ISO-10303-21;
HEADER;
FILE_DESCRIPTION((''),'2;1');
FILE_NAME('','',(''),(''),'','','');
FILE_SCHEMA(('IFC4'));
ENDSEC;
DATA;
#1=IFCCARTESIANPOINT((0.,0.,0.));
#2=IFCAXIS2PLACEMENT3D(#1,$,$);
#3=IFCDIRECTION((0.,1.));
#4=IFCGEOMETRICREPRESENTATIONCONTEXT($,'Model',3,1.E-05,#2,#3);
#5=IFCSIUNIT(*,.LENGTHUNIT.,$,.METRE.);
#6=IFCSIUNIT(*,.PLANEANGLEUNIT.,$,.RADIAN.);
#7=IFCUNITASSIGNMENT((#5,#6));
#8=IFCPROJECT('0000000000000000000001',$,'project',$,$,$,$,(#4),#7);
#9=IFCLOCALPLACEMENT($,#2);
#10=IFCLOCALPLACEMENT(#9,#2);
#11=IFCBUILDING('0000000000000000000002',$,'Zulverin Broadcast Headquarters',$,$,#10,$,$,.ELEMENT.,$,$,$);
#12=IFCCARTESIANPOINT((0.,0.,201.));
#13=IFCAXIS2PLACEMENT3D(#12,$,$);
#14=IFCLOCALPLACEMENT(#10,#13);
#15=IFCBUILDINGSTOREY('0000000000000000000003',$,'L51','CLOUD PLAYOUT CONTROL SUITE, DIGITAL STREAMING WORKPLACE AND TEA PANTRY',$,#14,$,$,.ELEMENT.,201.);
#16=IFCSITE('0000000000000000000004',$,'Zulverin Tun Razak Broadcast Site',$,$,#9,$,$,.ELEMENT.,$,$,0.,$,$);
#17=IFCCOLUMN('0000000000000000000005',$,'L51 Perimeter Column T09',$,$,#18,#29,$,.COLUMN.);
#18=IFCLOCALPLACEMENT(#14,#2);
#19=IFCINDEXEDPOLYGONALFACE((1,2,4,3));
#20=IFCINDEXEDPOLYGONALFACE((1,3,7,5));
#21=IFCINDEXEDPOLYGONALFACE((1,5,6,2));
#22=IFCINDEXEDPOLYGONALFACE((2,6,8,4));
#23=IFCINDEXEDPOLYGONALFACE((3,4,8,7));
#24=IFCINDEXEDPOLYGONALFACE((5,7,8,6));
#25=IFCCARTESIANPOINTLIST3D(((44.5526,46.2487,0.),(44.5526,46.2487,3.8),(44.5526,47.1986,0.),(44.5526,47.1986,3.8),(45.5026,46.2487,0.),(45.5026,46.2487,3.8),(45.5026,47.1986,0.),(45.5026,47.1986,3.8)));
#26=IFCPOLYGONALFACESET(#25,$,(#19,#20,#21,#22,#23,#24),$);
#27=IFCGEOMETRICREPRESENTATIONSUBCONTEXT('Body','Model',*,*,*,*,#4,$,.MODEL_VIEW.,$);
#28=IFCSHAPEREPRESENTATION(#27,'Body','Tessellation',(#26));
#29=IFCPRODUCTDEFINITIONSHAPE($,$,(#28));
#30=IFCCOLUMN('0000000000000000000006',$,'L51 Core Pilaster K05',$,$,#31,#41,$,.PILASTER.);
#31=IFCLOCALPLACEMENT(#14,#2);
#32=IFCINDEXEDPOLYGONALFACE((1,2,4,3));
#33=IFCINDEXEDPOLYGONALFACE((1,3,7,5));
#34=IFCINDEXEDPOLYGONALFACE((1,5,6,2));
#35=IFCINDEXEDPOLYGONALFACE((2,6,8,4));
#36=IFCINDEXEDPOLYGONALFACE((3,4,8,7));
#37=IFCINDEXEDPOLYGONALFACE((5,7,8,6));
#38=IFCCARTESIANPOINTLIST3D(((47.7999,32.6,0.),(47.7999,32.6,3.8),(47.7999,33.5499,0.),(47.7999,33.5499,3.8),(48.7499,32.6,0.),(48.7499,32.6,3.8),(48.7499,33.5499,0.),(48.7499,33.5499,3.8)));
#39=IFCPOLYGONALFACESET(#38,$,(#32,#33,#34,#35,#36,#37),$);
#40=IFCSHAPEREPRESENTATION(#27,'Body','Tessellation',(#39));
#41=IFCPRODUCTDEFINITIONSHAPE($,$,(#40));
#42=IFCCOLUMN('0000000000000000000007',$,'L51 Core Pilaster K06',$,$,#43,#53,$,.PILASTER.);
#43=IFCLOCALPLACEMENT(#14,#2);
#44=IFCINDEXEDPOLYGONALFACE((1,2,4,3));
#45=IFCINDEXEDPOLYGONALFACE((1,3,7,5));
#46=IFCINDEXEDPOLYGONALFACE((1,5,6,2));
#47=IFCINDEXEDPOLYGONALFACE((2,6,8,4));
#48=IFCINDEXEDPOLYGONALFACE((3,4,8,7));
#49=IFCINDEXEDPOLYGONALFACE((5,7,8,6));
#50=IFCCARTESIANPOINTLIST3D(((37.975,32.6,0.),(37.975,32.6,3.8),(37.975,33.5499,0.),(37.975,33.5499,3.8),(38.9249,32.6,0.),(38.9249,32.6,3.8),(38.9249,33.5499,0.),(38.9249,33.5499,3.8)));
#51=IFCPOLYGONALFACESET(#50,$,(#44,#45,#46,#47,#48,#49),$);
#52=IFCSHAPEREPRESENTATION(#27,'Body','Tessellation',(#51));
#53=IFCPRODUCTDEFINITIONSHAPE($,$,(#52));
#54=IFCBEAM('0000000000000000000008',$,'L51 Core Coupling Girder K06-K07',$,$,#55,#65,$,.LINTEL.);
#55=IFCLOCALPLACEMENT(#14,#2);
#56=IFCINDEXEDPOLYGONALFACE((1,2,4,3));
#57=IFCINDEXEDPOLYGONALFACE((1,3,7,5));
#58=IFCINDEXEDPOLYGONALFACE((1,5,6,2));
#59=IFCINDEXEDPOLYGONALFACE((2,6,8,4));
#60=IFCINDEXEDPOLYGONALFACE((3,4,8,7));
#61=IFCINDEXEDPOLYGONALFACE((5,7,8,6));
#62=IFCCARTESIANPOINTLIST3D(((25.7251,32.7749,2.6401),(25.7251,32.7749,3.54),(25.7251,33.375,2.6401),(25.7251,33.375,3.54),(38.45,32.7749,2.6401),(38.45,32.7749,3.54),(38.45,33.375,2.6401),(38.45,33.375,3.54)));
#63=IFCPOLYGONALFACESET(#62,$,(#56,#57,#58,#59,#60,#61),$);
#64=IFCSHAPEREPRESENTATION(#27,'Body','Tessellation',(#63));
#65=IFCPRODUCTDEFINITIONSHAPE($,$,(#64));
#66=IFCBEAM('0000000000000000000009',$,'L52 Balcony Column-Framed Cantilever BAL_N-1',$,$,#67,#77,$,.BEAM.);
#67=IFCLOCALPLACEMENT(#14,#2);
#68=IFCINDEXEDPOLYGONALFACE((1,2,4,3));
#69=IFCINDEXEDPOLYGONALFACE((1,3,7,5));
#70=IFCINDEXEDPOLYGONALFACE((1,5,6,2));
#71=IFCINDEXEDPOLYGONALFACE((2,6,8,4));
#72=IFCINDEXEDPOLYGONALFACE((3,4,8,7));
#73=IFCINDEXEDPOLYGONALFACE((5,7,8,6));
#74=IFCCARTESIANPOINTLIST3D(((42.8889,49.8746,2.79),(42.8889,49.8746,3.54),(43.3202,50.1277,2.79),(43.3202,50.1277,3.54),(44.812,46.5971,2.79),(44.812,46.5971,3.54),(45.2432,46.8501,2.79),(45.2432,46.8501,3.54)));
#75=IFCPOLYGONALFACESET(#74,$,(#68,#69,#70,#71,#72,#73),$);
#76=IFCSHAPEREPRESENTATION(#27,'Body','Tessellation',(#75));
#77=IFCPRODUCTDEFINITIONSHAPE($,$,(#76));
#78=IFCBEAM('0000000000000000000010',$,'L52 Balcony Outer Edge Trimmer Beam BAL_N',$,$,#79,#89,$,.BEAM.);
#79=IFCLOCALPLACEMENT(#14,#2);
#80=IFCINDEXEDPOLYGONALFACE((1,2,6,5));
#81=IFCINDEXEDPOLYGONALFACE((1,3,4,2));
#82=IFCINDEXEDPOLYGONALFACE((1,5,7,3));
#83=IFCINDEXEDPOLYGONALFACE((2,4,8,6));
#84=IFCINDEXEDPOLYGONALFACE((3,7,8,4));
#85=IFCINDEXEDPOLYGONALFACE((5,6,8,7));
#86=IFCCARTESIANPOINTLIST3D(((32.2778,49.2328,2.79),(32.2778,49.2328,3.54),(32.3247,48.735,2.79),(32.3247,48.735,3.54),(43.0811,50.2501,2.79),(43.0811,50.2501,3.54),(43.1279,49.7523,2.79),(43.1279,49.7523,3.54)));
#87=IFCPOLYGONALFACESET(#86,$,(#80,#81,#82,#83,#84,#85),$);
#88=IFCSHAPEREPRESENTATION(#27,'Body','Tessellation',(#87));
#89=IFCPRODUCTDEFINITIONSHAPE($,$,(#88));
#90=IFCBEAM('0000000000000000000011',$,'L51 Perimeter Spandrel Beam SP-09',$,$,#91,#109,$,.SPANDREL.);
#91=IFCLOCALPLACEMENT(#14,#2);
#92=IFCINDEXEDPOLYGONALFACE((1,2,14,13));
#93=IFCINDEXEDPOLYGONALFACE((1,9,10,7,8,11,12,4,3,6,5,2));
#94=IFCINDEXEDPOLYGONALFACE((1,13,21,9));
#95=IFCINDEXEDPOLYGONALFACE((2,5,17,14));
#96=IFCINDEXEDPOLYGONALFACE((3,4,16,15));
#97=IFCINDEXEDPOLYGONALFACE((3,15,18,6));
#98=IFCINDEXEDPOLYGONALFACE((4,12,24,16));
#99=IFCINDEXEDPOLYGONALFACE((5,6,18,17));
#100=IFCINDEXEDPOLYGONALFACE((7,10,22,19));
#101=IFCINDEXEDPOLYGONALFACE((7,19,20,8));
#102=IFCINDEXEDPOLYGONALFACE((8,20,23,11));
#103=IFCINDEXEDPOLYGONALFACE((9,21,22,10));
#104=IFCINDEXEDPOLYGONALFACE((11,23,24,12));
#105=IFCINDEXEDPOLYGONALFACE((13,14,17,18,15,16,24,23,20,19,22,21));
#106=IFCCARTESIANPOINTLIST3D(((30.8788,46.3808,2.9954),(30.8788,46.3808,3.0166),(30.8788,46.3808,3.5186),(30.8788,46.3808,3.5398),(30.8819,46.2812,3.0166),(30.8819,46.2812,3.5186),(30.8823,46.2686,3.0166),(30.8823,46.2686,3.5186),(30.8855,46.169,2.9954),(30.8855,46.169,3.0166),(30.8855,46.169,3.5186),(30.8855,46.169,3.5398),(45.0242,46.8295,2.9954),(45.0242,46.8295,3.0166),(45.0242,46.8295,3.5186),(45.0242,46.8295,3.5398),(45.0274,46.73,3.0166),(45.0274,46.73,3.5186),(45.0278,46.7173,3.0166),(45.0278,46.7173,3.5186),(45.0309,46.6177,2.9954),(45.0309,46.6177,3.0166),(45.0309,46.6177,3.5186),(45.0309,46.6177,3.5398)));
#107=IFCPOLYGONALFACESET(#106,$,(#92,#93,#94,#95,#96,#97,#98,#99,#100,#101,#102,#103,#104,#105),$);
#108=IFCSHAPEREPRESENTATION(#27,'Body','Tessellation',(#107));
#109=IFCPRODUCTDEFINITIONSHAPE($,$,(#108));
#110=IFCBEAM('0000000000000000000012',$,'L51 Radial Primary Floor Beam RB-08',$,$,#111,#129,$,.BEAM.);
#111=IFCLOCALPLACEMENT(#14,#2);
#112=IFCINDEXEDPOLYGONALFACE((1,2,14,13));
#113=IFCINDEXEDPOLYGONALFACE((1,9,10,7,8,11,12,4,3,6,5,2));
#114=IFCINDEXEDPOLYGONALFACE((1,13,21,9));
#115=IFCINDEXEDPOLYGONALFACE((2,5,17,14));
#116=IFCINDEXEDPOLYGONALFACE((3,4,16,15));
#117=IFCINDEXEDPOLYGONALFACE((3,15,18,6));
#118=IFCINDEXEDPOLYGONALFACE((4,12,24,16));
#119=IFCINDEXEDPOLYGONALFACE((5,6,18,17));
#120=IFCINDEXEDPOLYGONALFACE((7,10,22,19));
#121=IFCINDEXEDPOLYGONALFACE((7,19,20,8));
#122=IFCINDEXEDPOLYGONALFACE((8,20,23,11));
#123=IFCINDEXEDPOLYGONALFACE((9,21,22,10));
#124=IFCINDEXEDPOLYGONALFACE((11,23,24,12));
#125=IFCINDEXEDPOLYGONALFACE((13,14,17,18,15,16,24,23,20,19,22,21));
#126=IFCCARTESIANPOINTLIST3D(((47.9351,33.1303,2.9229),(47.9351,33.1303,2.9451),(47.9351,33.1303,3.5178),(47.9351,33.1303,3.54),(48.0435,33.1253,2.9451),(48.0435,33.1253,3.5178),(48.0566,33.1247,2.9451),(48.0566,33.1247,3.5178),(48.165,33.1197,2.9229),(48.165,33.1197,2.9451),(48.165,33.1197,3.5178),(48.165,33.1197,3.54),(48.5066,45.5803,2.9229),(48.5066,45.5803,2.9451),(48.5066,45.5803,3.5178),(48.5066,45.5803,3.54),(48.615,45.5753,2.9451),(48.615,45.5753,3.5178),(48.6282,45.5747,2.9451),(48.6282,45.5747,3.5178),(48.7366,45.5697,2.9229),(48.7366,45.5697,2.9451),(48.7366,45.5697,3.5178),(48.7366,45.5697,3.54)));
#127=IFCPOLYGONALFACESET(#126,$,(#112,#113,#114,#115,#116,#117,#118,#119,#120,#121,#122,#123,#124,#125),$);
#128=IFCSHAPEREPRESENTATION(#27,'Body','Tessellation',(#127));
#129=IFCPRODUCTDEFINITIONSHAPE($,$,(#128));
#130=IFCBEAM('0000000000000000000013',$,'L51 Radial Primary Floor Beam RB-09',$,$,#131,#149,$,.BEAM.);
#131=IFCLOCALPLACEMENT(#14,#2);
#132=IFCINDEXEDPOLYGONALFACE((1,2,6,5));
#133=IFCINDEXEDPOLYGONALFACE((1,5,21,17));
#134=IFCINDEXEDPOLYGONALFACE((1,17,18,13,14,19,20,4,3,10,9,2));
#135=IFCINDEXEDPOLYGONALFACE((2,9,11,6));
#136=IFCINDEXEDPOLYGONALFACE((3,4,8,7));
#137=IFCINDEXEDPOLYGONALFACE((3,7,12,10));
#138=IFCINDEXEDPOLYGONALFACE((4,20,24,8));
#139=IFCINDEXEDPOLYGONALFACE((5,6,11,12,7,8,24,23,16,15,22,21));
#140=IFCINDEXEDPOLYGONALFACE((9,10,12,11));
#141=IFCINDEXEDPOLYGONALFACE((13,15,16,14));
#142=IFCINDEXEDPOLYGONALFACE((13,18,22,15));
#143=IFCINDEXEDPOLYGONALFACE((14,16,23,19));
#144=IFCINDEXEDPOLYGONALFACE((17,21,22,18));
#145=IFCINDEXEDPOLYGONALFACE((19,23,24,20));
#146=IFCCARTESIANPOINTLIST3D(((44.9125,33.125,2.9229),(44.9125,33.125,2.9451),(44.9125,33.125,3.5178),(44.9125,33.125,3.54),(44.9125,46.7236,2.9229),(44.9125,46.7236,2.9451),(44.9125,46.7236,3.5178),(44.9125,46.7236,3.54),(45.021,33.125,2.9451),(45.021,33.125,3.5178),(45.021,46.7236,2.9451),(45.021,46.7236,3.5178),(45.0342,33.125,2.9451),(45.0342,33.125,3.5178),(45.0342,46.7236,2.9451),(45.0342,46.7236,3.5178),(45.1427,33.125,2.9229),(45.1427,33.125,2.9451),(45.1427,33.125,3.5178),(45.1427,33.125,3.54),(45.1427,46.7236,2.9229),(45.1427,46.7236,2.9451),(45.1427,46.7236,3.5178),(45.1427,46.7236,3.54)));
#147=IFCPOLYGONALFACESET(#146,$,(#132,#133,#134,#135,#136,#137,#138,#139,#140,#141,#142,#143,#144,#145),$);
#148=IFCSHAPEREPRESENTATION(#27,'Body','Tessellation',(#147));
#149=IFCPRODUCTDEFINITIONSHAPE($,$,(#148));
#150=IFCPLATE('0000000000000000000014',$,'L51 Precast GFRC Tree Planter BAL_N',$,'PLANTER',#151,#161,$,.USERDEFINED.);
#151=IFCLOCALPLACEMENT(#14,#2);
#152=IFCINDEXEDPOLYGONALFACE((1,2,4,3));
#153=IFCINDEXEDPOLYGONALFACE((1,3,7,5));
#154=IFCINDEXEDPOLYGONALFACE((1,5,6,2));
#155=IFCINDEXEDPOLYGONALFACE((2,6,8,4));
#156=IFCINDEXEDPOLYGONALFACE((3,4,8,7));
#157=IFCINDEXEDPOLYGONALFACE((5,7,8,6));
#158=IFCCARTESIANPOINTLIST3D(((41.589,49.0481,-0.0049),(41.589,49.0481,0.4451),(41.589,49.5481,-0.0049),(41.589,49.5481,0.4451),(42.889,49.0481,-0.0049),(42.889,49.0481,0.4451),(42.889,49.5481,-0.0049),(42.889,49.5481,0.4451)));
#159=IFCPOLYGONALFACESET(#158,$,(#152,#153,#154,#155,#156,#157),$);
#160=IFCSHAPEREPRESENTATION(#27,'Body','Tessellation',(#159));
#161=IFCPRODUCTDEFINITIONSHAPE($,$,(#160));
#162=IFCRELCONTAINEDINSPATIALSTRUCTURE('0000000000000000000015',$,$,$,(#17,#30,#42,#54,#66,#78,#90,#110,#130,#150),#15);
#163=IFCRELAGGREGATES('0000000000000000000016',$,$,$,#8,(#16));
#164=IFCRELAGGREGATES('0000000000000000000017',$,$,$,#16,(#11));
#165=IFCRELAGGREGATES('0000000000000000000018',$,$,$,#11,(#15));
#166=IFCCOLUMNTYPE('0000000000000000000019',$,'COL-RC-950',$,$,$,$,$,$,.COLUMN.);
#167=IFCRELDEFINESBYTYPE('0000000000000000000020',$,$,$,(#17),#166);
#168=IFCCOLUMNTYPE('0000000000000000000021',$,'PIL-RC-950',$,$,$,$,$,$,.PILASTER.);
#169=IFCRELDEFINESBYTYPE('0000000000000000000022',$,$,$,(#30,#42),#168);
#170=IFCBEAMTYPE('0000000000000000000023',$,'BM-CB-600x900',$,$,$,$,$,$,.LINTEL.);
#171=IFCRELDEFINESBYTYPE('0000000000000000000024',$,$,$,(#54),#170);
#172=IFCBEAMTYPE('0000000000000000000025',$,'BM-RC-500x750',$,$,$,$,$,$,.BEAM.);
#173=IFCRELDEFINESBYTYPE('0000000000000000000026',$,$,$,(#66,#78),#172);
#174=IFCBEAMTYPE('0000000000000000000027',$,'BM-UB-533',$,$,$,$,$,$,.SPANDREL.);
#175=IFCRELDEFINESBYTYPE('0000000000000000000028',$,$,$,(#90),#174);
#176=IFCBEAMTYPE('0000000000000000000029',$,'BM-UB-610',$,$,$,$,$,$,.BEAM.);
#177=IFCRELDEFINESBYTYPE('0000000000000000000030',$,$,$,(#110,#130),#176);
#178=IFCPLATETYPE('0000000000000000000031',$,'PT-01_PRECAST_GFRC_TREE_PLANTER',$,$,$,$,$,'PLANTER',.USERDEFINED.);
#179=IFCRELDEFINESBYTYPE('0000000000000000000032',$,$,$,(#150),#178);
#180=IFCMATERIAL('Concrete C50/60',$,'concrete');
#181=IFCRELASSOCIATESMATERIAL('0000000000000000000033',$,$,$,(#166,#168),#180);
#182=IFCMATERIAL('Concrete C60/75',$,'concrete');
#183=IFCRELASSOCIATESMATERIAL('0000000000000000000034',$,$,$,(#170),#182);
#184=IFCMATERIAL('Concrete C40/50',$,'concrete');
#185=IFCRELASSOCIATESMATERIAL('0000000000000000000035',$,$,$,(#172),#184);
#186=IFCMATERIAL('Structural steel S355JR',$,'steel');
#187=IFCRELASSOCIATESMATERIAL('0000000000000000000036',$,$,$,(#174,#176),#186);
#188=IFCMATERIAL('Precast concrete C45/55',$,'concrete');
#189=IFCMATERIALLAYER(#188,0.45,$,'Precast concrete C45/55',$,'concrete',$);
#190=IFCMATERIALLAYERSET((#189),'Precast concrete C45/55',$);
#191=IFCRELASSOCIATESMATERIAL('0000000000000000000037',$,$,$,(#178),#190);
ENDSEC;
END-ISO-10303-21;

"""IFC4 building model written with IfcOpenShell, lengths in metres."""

from ifc_helpers import new_model, si_unit, direction, frame, origin, origin_2d, place, context, subcontext, project, spatial, rectangle, i_section, extrude, material, layer, layer_set, material_profile, profile_set, type_object, element, save


model = new_model("IFC4")

# Units and contexts
model_context = context("Model", 3, precision=1e-05, world=origin(), true_north=direction((0.0, 1.0)))
body_context = subcontext(model_context, "Body", "Model", "MODEL_VIEW")
ifc_project = project(units=[si_unit("LENGTHUNIT", "METRE"), si_unit("PLANEANGLEUNIT", "RADIAN")], contexts=[model_context])

# Site, building, storey
site_placement = place(None, origin())
site = spatial("IfcSite", under=ifc_project, at=site_placement, Name="Zulverin Tun Razak Broadcast Site", CompositionType="ELEMENT", RefElevation=0.0)
building_placement = place(site_placement, origin())
building = spatial("IfcBuilding", under=site, at=building_placement, Name="Zulverin Broadcast Headquarters", CompositionType="ELEMENT")
storey_placement = place(building_placement, frame((0.0, 0.0, 201.0)))
storey = spatial("IfcBuildingStorey", under=building, at=storey_placement, Name="L51", Description="CLOUD PLAYOUT CONTROL SUITE, DIGITAL STREAMING WORKPLACE AND TEA PANTRY", CompositionType="ELEMENT", Elevation=201.0)

# Columns
ifc_material_1 = material(Name="Concrete C50/60", Category="concrete")
ifc_material_profile_1 = material_profile(ifc_material_1, rectangle(XDim=0.95, YDim=0.95, at=origin_2d()), Name="Concrete C50/60", Category="concrete")
ifc_profile_set_1 = profile_set([ifc_material_profile_1], Name="Concrete C50/60")
column_type_1 = type_object("IfcColumnType", Name="COL-RC-950", PredefinedType="COLUMN", material=ifc_profile_set_1)
column_placement = place(storey_placement, frame((45.0276, 46.7236, 0.0), z_axis=(0.0, 0.0, 1.0), x_axis=(1.0, 0.0, 0.0)))
element("IfcColumn", 1, at=column_placement, inside=storey, type_object=column_type_1, Name="L51 Perimeter Column T09", PredefinedType="COLUMN", context=body_context, shape_type="SweptSolid", body=[
    extrude(rectangle(XDim=0.95, YDim=0.95, at=origin_2d()), origin(), (0.0, 0.0, 1.0), 3.8),
])
ifc_material_profile_2 = material_profile(ifc_material_1, rectangle(XDim=0.95, YDim=0.95, at=origin_2d()), Name="Concrete C50/60", Category="concrete")
ifc_profile_set_2 = profile_set([ifc_material_profile_2], Name="Concrete C50/60")
column_type_2 = type_object("IfcColumnType", Name="PIL-RC-950", PredefinedType="PILASTER", material=ifc_profile_set_2)
for number, where, z_axis, x_axis, name in (
    (2, (48.2749, 33.075, 0.0), (0.0, 0.0, 1.0), (1.0, 0.0, 0.0), "L51 Core Pilaster K05"),
    (3, (38.45, 33.075, 0.0), (0.0, 0.0, 1.0), (1.0, 0.0, 0.0), "L51 Core Pilaster K06"),
):
    element("IfcColumn", number, at=place(storey_placement, frame(where, z_axis=z_axis, x_axis=x_axis)), inside=storey, type_object=column_type_2, Name=name, PredefinedType="PILASTER", context=body_context, shape_type="SweptSolid", body=[
        extrude(rectangle(XDim=0.95, YDim=0.95, at=origin_2d()), origin(), (0.0, 0.0, 1.0), 3.8),
    ])

# Beams
ifc_material_2 = material(Name="Concrete C60/75", Category="concrete")
ifc_material_profile_3 = material_profile(ifc_material_2, rectangle(XDim=0.6001, YDim=0.8999, at=origin_2d()), Name="Concrete C60/75", Category="concrete")
ifc_profile_set_3 = profile_set([ifc_material_profile_3], Name="Concrete C60/75")
beam_type_1 = type_object("IfcBeamType", Name="BM-CB-600x900", PredefinedType="LINTEL", material=ifc_profile_set_3)
beam_1_placement = place(storey_placement, frame((38.45, 33.075, 3.0901), z_axis=(-1.0, 0.0, 0.0), x_axis=(0.0, -1.0, 0.0)))
element("IfcBeam", 4, at=beam_1_placement, inside=storey, type_object=beam_type_1, Name="L51 Core Coupling Girder K06-K07", PredefinedType="LINTEL", context=body_context, shape_type="SweptSolid", body=[
    extrude(rectangle(XDim=0.6001, YDim=0.8999, at=origin_2d()), origin(), (0.0, 0.0, 1.0), 12.7249),
])
ifc_material_3 = material(Name="Concrete C40/50", Category="concrete")
ifc_material_profile_4 = material_profile(ifc_material_3, rectangle(XDim=0.5, YDim=0.75, at=origin_2d()), Name="Concrete C40/50", Category="concrete")
ifc_profile_set_4 = profile_set([ifc_material_profile_4], Name="Concrete C40/50")
beam_type_2 = type_object("IfcBeamType", Name="BM-RC-500x750", PredefinedType="BEAM", material=ifc_profile_set_4)
beam_2_placement = place(storey_placement, frame((45.0276, 46.7236, 3.165), z_axis=(-0.506062, 0.862497, 0.0), x_axis=(-0.862497, -0.506062, 0.0)))
element("IfcBeam", 5, at=beam_2_placement, inside=storey, type_object=beam_type_2, Name="L52 Balcony Column-Framed Cantilever BAL_N-1", PredefinedType="BEAM", context=body_context, shape_type="SweptSolid", body=[
    extrude(rectangle(XDim=0.5, YDim=0.75, at=origin_2d()), origin(), (0.0, 0.0, 1.0), 3.8),
])
beam_3_placement = place(storey_placement, frame((43.1045, 50.0012, 3.165), z_axis=(-0.995595, -0.093755, 0.0), x_axis=(0.093755, -0.995595, 0.0)))
element("IfcBeam", 6, at=beam_3_placement, inside=storey, type_object=beam_type_2, Name="L52 Balcony Outer Edge Trimmer Beam BAL_N", PredefinedType="BEAM", context=body_context, shape_type="SweptSolid", body=[
    extrude(rectangle(XDim=0.5, YDim=0.75, at=origin_2d()), origin(), (0.0, 0.0, 1.0), 10.8511),
])
ifc_material_4 = material(Name="Structural steel S355JR", Category="steel")
ifc_material_profile_5 = material_profile(ifc_material_4, i_section(OverallWidth=0.2119, OverallDepth=0.5444, WebThickness=0.0127, FlangeThickness=0.0212, at=origin_2d()), Name="Structural steel S355JR", Category="steel")
ifc_profile_set_5 = profile_set([ifc_material_profile_5], Name="Structural steel S355JR")
beam_type_3 = type_object("IfcBeamType", Name="BM-UB-533", PredefinedType="SPANDREL", material=ifc_profile_set_5)
beam_4_placement = place(storey_placement, frame((45.0276, 46.7236, 3.2676), z_axis=(-0.999497, -0.031707, 0.0), x_axis=(0.031707, -0.999497, 0.0)))
element("IfcBeam", 7, at=beam_4_placement, inside=storey, type_object=beam_type_3, Name="L51 Perimeter Spandrel Beam SP-09", PredefinedType="SPANDREL", context=body_context, shape_type="SweptSolid", body=[
    extrude(i_section(OverallWidth=0.2119, OverallDepth=0.5444, WebThickness=0.0127, FlangeThickness=0.0212, at=origin_2d()), origin(), (0.0, 0.0, 1.0), 14.1526),
])
ifc_material_profile_6 = material_profile(ifc_material_4, i_section(OverallWidth=0.2302, OverallDepth=0.6172, WebThickness=0.0132, FlangeThickness=0.0222, at=origin_2d()), Name="Structural steel S355JR", Category="steel")
ifc_profile_set_6 = profile_set([ifc_material_profile_6], Name="Structural steel S355JR")
beam_type_4 = type_object("IfcBeamType", Name="BM-UB-610", PredefinedType="BEAM", material=ifc_profile_set_6)
beam_5_placement = place(storey_placement, frame((48.05, 33.125, 3.2314), z_axis=(0.045858, 0.998948, 0.0), x_axis=(-0.998948, 0.045858, 0.0)))
element("IfcBeam", 8, at=beam_5_placement, inside=storey, type_object=beam_type_4, Name="L51 Radial Primary Floor Beam RB-08", PredefinedType="BEAM", context=body_context, shape_type="SweptSolid", body=[
    extrude(i_section(OverallWidth=0.2302, OverallDepth=0.6172, WebThickness=0.0132, FlangeThickness=0.0222, at=origin_2d()), origin(), (0.0, 0.0, 1.0), 12.4631),
])
beam_6_placement = place(storey_placement, frame((45.0276, 33.125, 3.2314), z_axis=(0.0, 1.0, 0.0), x_axis=(-1.0, 0.0, 0.0)))
element("IfcBeam", 9, at=beam_6_placement, inside=storey, type_object=beam_type_4, Name="L51 Radial Primary Floor Beam RB-09", PredefinedType="BEAM", context=body_context, shape_type="SweptSolid", body=[
    extrude(i_section(OverallWidth=0.2302, OverallDepth=0.6172, WebThickness=0.0132, FlangeThickness=0.0222, at=origin_2d()), origin(), (0.0, 0.0, 1.0), 13.5986),
])

# Plate
ifc_material_5 = material(Name="Precast concrete C45/55", Category="concrete")
ifc_layer_1 = layer(ifc_material_5, 0.45, Name="Precast concrete C45/55", Category="concrete")
ifc_layer_set_1 = layer_set([ifc_layer_1], Name="Precast concrete C45/55")
plate_type = type_object("IfcPlateType", Name="PT-01_PRECAST_GFRC_TREE_PLANTER", ElementType="PLANTER", PredefinedType="USERDEFINED", material=ifc_layer_set_1)
plate_placement = place(storey_placement, frame((42.239, 49.2981, -0.0049), z_axis=(0.0, 0.0, 1.0), x_axis=(1.0, 0.0, 0.0)))
element("IfcPlate", 10, at=plate_placement, inside=storey, type_object=plate_type, Name="L51 Precast GFRC Tree Planter BAL_N", ObjectType="PLANTER", PredefinedType="USERDEFINED", context=body_context, shape_type="SweptSolid", body=[
    extrude(rectangle(XDim=1.3, YDim=0.5, at=origin_2d()), origin(), (0.0, 0.0, 1.0), 0.45),
])

save(model, "model.ifc")
